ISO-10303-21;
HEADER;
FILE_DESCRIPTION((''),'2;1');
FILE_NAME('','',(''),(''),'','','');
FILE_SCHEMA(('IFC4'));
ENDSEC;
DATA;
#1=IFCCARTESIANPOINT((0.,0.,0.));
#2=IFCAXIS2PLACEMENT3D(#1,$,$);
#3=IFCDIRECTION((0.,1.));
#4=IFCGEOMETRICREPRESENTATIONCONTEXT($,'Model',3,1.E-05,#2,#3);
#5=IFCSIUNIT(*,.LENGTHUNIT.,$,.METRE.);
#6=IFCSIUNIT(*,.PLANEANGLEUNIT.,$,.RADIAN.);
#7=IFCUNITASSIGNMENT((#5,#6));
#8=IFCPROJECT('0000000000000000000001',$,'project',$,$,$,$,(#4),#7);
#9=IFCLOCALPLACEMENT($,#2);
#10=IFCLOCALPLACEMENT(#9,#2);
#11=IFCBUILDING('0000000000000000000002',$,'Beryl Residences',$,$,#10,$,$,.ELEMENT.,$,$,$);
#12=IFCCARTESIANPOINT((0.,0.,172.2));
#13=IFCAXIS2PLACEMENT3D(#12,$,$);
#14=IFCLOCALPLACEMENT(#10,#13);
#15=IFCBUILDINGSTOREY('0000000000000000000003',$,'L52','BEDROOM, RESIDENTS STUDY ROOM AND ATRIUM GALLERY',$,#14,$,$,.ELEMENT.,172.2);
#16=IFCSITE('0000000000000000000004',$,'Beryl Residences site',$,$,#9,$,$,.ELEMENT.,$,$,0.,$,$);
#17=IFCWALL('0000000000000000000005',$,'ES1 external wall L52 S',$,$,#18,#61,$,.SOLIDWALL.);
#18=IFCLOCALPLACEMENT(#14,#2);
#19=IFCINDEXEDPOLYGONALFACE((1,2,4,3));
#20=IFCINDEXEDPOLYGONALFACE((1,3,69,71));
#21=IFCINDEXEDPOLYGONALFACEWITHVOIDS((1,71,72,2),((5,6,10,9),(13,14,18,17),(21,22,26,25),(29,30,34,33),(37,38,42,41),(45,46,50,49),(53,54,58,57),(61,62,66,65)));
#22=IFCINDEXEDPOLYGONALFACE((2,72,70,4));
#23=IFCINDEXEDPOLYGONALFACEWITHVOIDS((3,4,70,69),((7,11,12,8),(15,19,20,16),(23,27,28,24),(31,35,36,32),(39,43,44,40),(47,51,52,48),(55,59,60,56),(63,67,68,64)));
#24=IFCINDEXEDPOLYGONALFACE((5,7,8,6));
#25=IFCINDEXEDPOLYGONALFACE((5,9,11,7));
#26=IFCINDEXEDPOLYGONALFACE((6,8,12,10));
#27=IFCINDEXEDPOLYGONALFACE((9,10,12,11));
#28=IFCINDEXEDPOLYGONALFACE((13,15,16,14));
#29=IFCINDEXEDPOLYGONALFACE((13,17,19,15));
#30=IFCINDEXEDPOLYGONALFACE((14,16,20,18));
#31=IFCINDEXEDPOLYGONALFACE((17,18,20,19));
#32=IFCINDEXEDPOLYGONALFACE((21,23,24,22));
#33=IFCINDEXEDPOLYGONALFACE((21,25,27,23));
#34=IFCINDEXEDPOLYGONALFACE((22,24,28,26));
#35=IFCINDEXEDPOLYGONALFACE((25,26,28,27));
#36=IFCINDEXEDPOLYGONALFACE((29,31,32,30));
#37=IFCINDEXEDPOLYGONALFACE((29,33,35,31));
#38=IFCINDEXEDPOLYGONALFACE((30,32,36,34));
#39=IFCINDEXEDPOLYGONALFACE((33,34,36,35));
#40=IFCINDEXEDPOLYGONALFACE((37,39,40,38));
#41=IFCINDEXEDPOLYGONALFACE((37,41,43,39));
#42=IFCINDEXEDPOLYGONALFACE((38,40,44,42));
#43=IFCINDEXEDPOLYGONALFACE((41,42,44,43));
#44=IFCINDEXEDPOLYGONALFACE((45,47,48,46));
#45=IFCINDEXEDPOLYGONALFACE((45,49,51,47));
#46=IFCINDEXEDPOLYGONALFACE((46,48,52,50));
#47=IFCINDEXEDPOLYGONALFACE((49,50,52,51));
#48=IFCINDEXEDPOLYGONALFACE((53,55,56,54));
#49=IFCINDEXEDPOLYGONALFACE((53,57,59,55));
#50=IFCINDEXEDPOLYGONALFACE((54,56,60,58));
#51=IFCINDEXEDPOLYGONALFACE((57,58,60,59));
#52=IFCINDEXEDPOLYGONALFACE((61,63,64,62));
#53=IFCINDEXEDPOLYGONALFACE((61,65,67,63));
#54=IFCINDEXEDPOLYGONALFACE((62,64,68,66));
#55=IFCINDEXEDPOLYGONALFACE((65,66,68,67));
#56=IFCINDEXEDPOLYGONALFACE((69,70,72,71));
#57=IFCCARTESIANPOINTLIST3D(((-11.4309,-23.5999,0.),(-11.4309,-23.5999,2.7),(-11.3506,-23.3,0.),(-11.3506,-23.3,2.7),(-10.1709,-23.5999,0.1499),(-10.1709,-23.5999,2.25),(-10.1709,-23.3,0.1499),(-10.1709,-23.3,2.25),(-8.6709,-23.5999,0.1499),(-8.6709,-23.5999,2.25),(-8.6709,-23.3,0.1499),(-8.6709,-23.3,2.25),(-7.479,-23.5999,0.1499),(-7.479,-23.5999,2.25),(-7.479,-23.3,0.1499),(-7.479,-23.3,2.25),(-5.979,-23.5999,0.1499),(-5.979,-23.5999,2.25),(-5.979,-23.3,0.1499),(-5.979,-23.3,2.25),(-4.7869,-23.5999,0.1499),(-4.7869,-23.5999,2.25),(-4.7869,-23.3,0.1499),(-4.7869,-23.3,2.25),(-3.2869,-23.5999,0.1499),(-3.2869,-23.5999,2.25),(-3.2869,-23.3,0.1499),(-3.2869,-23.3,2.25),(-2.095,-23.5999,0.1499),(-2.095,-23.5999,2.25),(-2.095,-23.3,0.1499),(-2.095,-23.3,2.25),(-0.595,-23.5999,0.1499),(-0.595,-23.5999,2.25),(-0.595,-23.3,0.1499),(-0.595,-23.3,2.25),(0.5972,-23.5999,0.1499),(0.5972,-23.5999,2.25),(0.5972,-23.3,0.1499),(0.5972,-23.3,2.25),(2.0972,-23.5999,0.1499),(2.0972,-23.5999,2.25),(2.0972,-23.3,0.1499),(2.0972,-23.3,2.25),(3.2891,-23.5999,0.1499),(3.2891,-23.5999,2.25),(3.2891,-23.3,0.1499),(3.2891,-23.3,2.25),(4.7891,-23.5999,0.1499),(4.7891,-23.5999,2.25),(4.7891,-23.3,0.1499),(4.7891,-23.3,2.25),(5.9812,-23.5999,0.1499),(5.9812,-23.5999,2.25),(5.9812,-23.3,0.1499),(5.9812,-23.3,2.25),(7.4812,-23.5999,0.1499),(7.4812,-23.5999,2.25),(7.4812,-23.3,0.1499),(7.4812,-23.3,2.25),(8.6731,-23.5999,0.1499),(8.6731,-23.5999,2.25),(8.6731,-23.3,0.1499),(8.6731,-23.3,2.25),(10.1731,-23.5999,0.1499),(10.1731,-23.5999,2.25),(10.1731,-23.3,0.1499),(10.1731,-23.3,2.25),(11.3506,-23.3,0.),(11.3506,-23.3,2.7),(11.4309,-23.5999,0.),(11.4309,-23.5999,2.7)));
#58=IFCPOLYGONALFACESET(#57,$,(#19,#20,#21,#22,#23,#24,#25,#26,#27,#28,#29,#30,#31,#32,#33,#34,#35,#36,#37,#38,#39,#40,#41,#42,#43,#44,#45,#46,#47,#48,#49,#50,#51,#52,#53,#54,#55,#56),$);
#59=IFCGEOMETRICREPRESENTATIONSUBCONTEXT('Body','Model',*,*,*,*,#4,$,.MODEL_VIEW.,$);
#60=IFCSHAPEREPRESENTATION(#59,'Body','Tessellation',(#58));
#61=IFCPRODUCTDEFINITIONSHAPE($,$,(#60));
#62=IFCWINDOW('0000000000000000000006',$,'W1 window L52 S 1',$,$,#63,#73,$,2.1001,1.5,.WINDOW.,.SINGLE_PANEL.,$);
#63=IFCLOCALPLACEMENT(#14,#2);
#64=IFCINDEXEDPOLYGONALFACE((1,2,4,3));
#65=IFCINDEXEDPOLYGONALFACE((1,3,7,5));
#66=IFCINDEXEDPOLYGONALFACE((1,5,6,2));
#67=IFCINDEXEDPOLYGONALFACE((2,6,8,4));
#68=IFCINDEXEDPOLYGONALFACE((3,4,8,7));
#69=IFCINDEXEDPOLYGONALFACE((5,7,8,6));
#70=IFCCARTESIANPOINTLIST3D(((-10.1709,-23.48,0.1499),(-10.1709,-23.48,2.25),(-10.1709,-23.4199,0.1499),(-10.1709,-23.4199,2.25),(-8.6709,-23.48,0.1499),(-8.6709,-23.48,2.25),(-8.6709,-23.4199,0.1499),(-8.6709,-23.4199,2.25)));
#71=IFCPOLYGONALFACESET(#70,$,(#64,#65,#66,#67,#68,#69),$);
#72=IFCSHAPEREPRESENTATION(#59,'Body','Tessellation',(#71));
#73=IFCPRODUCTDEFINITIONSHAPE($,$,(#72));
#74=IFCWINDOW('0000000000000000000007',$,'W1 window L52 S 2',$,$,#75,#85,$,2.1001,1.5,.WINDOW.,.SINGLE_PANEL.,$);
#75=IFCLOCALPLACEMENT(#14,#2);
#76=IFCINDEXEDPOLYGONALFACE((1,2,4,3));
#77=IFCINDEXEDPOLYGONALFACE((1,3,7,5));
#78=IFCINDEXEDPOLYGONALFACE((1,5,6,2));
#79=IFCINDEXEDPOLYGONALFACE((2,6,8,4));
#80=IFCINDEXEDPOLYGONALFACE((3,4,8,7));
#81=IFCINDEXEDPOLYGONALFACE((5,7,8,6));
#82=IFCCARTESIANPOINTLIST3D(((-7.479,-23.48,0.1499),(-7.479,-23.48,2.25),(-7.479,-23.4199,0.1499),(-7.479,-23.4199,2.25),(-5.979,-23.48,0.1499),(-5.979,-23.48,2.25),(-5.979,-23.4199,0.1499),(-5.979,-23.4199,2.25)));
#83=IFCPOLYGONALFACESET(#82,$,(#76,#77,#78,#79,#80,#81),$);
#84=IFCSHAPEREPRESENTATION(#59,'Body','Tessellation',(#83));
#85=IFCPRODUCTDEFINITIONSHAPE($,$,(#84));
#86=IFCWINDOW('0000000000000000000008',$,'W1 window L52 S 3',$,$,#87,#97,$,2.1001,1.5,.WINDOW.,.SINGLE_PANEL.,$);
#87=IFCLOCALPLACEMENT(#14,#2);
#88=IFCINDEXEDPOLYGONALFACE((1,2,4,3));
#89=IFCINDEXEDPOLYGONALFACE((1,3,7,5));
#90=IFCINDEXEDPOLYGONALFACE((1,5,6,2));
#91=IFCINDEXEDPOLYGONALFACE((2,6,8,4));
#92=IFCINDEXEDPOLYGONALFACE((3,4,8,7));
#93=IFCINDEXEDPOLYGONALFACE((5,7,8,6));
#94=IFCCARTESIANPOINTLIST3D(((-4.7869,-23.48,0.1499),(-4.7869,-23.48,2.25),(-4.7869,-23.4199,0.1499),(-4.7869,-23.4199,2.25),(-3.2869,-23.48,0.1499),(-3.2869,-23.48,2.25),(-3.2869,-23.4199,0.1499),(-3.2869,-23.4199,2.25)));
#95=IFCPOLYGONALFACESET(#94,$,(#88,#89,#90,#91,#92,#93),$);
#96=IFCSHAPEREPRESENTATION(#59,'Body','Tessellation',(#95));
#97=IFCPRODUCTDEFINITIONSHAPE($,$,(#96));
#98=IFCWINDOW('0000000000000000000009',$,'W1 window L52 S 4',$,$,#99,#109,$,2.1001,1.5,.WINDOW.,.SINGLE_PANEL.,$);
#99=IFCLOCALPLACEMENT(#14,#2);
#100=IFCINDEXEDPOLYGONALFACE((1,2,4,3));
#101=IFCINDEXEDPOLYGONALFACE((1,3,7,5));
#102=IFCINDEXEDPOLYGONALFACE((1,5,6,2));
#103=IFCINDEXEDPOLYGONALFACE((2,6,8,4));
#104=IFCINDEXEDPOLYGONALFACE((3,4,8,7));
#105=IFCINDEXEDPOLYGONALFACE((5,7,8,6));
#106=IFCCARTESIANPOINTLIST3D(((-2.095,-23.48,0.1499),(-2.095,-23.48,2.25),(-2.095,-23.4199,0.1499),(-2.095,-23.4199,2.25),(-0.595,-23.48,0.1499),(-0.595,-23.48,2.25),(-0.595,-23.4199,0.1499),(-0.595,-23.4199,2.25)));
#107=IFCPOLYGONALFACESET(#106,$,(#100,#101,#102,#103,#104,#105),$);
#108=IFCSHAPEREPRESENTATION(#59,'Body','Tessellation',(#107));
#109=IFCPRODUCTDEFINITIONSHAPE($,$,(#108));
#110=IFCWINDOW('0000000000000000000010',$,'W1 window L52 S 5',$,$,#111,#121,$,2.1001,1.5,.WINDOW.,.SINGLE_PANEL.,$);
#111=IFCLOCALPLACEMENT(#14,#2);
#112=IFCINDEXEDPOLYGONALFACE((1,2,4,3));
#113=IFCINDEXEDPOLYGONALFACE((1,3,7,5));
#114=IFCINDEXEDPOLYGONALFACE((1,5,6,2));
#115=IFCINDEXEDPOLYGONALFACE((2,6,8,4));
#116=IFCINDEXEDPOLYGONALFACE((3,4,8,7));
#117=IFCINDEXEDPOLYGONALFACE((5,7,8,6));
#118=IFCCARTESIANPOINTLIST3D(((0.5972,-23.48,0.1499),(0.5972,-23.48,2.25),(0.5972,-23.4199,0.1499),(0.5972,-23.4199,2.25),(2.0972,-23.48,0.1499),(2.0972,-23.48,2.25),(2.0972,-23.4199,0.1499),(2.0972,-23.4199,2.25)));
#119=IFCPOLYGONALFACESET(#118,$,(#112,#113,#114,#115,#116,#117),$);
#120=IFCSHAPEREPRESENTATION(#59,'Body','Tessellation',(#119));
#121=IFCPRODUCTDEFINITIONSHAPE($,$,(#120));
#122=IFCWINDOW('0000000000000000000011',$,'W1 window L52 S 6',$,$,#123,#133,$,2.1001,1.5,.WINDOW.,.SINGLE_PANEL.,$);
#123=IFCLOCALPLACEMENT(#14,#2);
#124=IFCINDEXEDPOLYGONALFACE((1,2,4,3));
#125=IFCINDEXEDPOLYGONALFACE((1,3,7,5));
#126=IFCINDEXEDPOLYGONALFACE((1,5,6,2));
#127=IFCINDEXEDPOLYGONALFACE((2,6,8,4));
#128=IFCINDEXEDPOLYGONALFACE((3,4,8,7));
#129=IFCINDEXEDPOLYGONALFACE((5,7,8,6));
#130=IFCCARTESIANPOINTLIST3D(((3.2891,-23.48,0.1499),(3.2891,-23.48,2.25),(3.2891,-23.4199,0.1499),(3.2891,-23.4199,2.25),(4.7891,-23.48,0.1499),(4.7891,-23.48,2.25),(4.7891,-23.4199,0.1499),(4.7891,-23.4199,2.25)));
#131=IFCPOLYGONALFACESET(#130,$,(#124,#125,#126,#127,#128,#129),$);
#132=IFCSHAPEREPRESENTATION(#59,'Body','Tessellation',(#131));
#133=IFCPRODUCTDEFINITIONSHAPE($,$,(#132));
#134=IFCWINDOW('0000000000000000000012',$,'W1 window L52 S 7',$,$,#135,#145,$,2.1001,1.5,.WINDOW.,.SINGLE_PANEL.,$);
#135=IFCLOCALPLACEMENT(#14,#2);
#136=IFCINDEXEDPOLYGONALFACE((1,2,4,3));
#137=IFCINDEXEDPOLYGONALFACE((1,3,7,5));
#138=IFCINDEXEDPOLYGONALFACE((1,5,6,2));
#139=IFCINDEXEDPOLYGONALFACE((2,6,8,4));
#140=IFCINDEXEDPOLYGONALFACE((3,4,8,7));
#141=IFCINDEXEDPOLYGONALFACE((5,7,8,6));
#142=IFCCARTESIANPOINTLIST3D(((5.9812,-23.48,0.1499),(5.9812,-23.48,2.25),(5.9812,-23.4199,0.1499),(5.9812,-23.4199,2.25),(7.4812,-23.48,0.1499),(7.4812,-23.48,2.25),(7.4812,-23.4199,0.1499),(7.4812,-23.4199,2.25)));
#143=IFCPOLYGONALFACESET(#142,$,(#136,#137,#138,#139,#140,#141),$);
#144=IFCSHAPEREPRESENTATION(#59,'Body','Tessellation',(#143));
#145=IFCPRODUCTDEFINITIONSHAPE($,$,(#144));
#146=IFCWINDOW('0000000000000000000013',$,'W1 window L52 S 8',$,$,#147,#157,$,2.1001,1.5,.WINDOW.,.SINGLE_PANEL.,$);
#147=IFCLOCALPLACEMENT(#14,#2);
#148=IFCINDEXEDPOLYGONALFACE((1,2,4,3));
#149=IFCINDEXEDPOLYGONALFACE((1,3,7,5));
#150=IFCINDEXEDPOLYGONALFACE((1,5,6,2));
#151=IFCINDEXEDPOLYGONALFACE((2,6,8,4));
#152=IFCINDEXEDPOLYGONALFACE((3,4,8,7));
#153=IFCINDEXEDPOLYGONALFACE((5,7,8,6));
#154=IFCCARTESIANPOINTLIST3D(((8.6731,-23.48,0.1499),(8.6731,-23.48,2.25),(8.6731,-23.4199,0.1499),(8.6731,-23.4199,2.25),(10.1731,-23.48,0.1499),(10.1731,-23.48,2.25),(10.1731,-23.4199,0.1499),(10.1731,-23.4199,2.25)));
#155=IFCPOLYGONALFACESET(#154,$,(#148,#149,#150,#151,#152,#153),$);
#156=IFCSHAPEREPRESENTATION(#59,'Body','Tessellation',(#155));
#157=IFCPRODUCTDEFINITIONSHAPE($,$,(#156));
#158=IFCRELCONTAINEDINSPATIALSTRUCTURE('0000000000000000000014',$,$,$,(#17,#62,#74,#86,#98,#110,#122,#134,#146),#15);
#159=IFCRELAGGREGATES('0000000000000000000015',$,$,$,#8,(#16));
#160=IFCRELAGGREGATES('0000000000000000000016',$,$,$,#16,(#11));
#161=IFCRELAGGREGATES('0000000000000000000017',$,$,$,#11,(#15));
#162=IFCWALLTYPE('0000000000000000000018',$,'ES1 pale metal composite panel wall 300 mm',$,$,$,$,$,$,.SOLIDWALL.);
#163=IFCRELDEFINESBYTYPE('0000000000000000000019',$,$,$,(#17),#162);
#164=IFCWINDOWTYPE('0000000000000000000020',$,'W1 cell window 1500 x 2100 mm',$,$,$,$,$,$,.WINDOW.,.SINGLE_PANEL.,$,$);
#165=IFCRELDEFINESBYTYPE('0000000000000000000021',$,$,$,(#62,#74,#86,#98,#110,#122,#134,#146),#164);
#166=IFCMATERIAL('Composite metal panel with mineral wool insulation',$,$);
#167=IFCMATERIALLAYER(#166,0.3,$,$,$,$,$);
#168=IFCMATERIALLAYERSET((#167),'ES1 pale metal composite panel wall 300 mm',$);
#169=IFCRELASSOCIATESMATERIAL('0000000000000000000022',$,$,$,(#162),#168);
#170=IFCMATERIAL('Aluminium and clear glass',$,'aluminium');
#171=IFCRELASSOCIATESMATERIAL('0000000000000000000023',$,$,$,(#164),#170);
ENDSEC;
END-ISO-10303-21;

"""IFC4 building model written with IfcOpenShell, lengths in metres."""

from ifc_helpers import new_model, si_unit, direction, frame, frame_2d, origin, place, context, subcontext, project, spatial, polyline, rectangle, outline, extrude, material, layer, layer_set, type_object, element, fill, save


model = new_model("IFC4")

# Units and contexts
model_context = context("Model", 3, precision=1e-05, world=origin(), true_north=direction((0.0, 1.0)))
body_context = subcontext(model_context, "Body", "Model", "MODEL_VIEW")
ifc_project = project(units=[si_unit("LENGTHUNIT", "METRE"), si_unit("PLANEANGLEUNIT", "RADIAN")], contexts=[model_context])

# Site, building, storey
site_placement = place(None, origin())
site = spatial("IfcSite", under=ifc_project, at=site_placement, Name="Beryl Residences site", CompositionType="ELEMENT", RefElevation=0.0)
building_placement = place(site_placement, origin())
building = spatial("IfcBuilding", under=site, at=building_placement, Name="Beryl Residences", CompositionType="ELEMENT")
storey_placement = place(building_placement, frame((0.0, 0.0, 172.2)))
storey = spatial("IfcBuildingStorey", under=building, at=storey_placement, Name="L52", Description="BEDROOM, RESIDENTS STUDY ROOM AND ATRIUM GALLERY", CompositionType="ELEMENT", Elevation=172.2)

# Wall, openings, windows
ifc_material_1 = material(Name="Composite metal panel with mineral wool insulation")
ifc_layer_1 = layer(ifc_material_1, 0.3)
ifc_layer_set_1 = layer_set([ifc_layer_1], Name="ES1 pale metal composite panel wall 300 mm")
wall_type_1 = type_object("IfcWallType", Name="ES1 pale metal composite panel wall 300 mm", PredefinedType="SOLIDWALL", material=ifc_layer_set_1)
wall_1_placement = place(storey_placement, frame((-11.4309, -23.45, 0.0), z_axis=(0.0, 0.0, 1.0), x_axis=(1.0, 0.0, 0.0)))
wall_1 = element("IfcWall", 1, at=wall_1_placement, inside=storey, type_object=wall_type_1, Name="ES1 external wall L52 S", PredefinedType="SOLIDWALL", context=body_context, shape_type="SweptSolid", body=[
    extrude(outline(polyline([(0.0, -0.1499), (22.8618, -0.1499), (22.7815, 0.1499), (0.0803, 0.1499), (0.0, -0.1499)])), origin(), (0.0, 0.0, 1.0), 2.7),
])
opening_1_placement = place(wall_1_placement, frame((1.26, 0.0, 0.1499)))
opening_1 = element("IfcOpeningElement", 2, at=opening_1_placement, cuts=wall_1, PredefinedType="OPENING", context=body_context, shape_type="SweptSolid", body=[
    extrude(rectangle(XDim=1.5, YDim=2.1001, at=frame_2d((0.75, 1.05))), frame((0.0, 0.1599, 0.0), z_axis=(0.0, -1.0, 0.0), x_axis=(1.0, 0.0, 0.0)), (0.0, 0.0, 1.0), 0.3201),
])
opening_2_placement = place(wall_1_placement, frame((3.9519, 0.0, 0.1499)))
opening_2 = element("IfcOpeningElement", 3, at=opening_2_placement, cuts=wall_1, PredefinedType="OPENING", context=body_context, shape_type="SweptSolid", body=[
    extrude(rectangle(XDim=1.5, YDim=2.1001, at=frame_2d((0.75, 1.05))), frame((0.0, 0.1599, 0.0), z_axis=(0.0, -1.0, 0.0), x_axis=(1.0, 0.0, 0.0)), (0.0, 0.0, 1.0), 0.3201),
])
opening_3_placement = place(wall_1_placement, frame((6.644, 0.0, 0.1499)))
opening_3 = element("IfcOpeningElement", 4, at=opening_3_placement, cuts=wall_1, PredefinedType="OPENING", context=body_context, shape_type="SweptSolid", body=[
    extrude(rectangle(XDim=1.5, YDim=2.1001, at=frame_2d((0.75, 1.05))), frame((0.0, 0.1599, 0.0), z_axis=(0.0, -1.0, 0.0), x_axis=(1.0, 0.0, 0.0)), (0.0, 0.0, 1.0), 0.3201),
])
opening_4_placement = place(wall_1_placement, frame((9.3359, 0.0, 0.1499)))
opening_4 = element("IfcOpeningElement", 5, at=opening_4_placement, cuts=wall_1, PredefinedType="OPENING", context=body_context, shape_type="SweptSolid", body=[
    extrude(rectangle(XDim=1.5, YDim=2.1001, at=frame_2d((0.75, 1.05))), frame((0.0, 0.1599, 0.0), z_axis=(0.0, -1.0, 0.0), x_axis=(1.0, 0.0, 0.0)), (0.0, 0.0, 1.0), 0.3201),
])
opening_5_placement = place(wall_1_placement, frame((12.0281, 0.0, 0.1499)))
opening_5 = element("IfcOpeningElement", 6, at=opening_5_placement, cuts=wall_1, PredefinedType="OPENING", context=body_context, shape_type="SweptSolid", body=[
    extrude(rectangle(XDim=1.5, YDim=2.1001, at=frame_2d((0.75, 1.05))), frame((0.0, 0.1599, 0.0), z_axis=(0.0, -1.0, 0.0), x_axis=(1.0, 0.0, 0.0)), (0.0, 0.0, 1.0), 0.3201),
])
opening_6_placement = place(wall_1_placement, frame((14.72, 0.0, 0.1499)))
opening_6 = element("IfcOpeningElement", 7, at=opening_6_placement, cuts=wall_1, PredefinedType="OPENING", context=body_context, shape_type="SweptSolid", body=[
    extrude(rectangle(XDim=1.5, YDim=2.1001, at=frame_2d((0.75, 1.05))), frame((0.0, 0.1599, 0.0), z_axis=(0.0, -1.0, 0.0), x_axis=(1.0, 0.0, 0.0)), (0.0, 0.0, 1.0), 0.3201),
])
opening_7_placement = place(wall_1_placement, frame((17.4121, 0.0, 0.1499)))
opening_7 = element("IfcOpeningElement", 8, at=opening_7_placement, cuts=wall_1, PredefinedType="OPENING", context=body_context, shape_type="SweptSolid", body=[
    extrude(rectangle(XDim=1.5, YDim=2.1001, at=frame_2d((0.75, 1.05))), frame((0.0, 0.1599, 0.0), z_axis=(0.0, -1.0, 0.0), x_axis=(1.0, 0.0, 0.0)), (0.0, 0.0, 1.0), 0.3201),
])
opening_8_placement = place(wall_1_placement, frame((20.104, 0.0, 0.1499)))
opening_8 = element("IfcOpeningElement", 9, at=opening_8_placement, cuts=wall_1, PredefinedType="OPENING", context=body_context, shape_type="SweptSolid", body=[
    extrude(rectangle(XDim=1.5, YDim=2.1001, at=frame_2d((0.75, 1.05))), frame((0.0, 0.1599, 0.0), z_axis=(0.0, -1.0, 0.0), x_axis=(1.0, 0.0, 0.0)), (0.0, 0.0, 1.0), 0.3201),
])
ifc_material_2 = material(Name="Aluminium and clear glass", Category="aluminium")
window_type = type_object("IfcWindowType", Name="W1 cell window 1500 x 2100 mm", PartitioningType="SINGLE_PANEL", PredefinedType="WINDOW", material=ifc_material_2)
window_1_placement = place(opening_1_placement, origin())
window_1 = element("IfcWindow", 10, at=window_1_placement, inside=storey, type_object=window_type, Name="W1 window L52 S 1", OverallHeight=2.1001, OverallWidth=1.5, PartitioningType="SINGLE_PANEL", PredefinedType="WINDOW", context=body_context, shape_type="SweptSolid", body=[
    extrude(rectangle(XDim=1.5, YDim=2.1001, at=frame_2d((0.75, 1.05))), frame((0.0, 0.03, 0.0), z_axis=(0.0, -1.0, 0.0), x_axis=(1.0, 0.0, 0.0)), (0.0, 0.0, 1.0), 0.0601),
])
fill(opening_1, window_1)
window_2_placement = place(opening_2_placement, origin())
window_2 = element("IfcWindow", 11, at=window_2_placement, inside=storey, type_object=window_type, Name="W1 window L52 S 2", OverallHeight=2.1001, OverallWidth=1.5, PartitioningType="SINGLE_PANEL", PredefinedType="WINDOW", context=body_context, shape_type="SweptSolid", body=[
    extrude(rectangle(XDim=1.5, YDim=2.1001, at=frame_2d((0.75, 1.05))), frame((0.0, 0.03, 0.0), z_axis=(0.0, -1.0, 0.0), x_axis=(1.0, 0.0, 0.0)), (0.0, 0.0, 1.0), 0.0601),
])
fill(opening_2, window_2)
window_3_placement = place(opening_3_placement, origin())
window_3 = element("IfcWindow", 12, at=window_3_placement, inside=storey, type_object=window_type, Name="W1 window L52 S 3", OverallHeight=2.1001, OverallWidth=1.5, PartitioningType="SINGLE_PANEL", PredefinedType="WINDOW", context=body_context, shape_type="SweptSolid", body=[
    extrude(rectangle(XDim=1.5, YDim=2.1001, at=frame_2d((0.75, 1.05))), frame((0.0, 0.03, 0.0), z_axis=(0.0, -1.0, 0.0), x_axis=(1.0, 0.0, 0.0)), (0.0, 0.0, 1.0), 0.0601),
])
fill(opening_3, window_3)
window_4_placement = place(opening_4_placement, origin())
window_4 = element("IfcWindow", 13, at=window_4_placement, inside=storey, type_object=window_type, Name="W1 window L52 S 4", OverallHeight=2.1001, OverallWidth=1.5, PartitioningType="SINGLE_PANEL", PredefinedType="WINDOW", context=body_context, shape_type="SweptSolid", body=[
    extrude(rectangle(XDim=1.5, YDim=2.1001, at=frame_2d((0.75, 1.05))), frame((0.0, 0.03, 0.0), z_axis=(0.0, -1.0, 0.0), x_axis=(1.0, 0.0, 0.0)), (0.0, 0.0, 1.0), 0.0601),
])
fill(opening_4, window_4)
window_5_placement = place(opening_5_placement, origin())
window_5 = element("IfcWindow", 14, at=window_5_placement, inside=storey, type_object=window_type, Name="W1 window L52 S 5", OverallHeight=2.1001, OverallWidth=1.5, PartitioningType="SINGLE_PANEL", PredefinedType="WINDOW", context=body_context, shape_type="SweptSolid", body=[
    extrude(rectangle(XDim=1.5, YDim=2.1001, at=frame_2d((0.75, 1.05))), frame((0.0, 0.03, 0.0), z_axis=(0.0, -1.0, 0.0), x_axis=(1.0, 0.0, 0.0)), (0.0, 0.0, 1.0), 0.0601),
])
fill(opening_5, window_5)
window_6_placement = place(opening_6_placement, origin())
window_6 = element("IfcWindow", 15, at=window_6_placement, inside=storey, type_object=window_type, Name="W1 window L52 S 6", OverallHeight=2.1001, OverallWidth=1.5, PartitioningType="SINGLE_PANEL", PredefinedType="WINDOW", context=body_context, shape_type="SweptSolid", body=[
    extrude(rectangle(XDim=1.5, YDim=2.1001, at=frame_2d((0.75, 1.05))), frame((0.0, 0.03, 0.0), z_axis=(0.0, -1.0, 0.0), x_axis=(1.0, 0.0, 0.0)), (0.0, 0.0, 1.0), 0.0601),
])
fill(opening_6, window_6)
window_7_placement = place(opening_7_placement, origin())
window_7 = element("IfcWindow", 16, at=window_7_placement, inside=storey, type_object=window_type, Name="W1 window L52 S 7", OverallHeight=2.1001, OverallWidth=1.5, PartitioningType="SINGLE_PANEL", PredefinedType="WINDOW", context=body_context, shape_type="SweptSolid", body=[
    extrude(rectangle(XDim=1.5, YDim=2.1001, at=frame_2d((0.75, 1.05))), frame((0.0, 0.03, 0.0), z_axis=(0.0, -1.0, 0.0), x_axis=(1.0, 0.0, 0.0)), (0.0, 0.0, 1.0), 0.0601),
])
fill(opening_7, window_7)
window_8_placement = place(opening_8_placement, origin())
window_8 = element("IfcWindow", 17, at=window_8_placement, inside=storey, type_object=window_type, Name="W1 window L52 S 8", OverallHeight=2.1001, OverallWidth=1.5, PartitioningType="SINGLE_PANEL", PredefinedType="WINDOW", context=body_context, shape_type="SweptSolid", body=[
    extrude(rectangle(XDim=1.5, YDim=2.1001, at=frame_2d((0.75, 1.05))), frame((0.0, 0.03, 0.0), z_axis=(0.0, -1.0, 0.0), x_axis=(1.0, 0.0, 0.0)), (0.0, 0.0, 1.0), 0.0601),
])
fill(opening_8, window_8)

save(model, "model.ifc")
